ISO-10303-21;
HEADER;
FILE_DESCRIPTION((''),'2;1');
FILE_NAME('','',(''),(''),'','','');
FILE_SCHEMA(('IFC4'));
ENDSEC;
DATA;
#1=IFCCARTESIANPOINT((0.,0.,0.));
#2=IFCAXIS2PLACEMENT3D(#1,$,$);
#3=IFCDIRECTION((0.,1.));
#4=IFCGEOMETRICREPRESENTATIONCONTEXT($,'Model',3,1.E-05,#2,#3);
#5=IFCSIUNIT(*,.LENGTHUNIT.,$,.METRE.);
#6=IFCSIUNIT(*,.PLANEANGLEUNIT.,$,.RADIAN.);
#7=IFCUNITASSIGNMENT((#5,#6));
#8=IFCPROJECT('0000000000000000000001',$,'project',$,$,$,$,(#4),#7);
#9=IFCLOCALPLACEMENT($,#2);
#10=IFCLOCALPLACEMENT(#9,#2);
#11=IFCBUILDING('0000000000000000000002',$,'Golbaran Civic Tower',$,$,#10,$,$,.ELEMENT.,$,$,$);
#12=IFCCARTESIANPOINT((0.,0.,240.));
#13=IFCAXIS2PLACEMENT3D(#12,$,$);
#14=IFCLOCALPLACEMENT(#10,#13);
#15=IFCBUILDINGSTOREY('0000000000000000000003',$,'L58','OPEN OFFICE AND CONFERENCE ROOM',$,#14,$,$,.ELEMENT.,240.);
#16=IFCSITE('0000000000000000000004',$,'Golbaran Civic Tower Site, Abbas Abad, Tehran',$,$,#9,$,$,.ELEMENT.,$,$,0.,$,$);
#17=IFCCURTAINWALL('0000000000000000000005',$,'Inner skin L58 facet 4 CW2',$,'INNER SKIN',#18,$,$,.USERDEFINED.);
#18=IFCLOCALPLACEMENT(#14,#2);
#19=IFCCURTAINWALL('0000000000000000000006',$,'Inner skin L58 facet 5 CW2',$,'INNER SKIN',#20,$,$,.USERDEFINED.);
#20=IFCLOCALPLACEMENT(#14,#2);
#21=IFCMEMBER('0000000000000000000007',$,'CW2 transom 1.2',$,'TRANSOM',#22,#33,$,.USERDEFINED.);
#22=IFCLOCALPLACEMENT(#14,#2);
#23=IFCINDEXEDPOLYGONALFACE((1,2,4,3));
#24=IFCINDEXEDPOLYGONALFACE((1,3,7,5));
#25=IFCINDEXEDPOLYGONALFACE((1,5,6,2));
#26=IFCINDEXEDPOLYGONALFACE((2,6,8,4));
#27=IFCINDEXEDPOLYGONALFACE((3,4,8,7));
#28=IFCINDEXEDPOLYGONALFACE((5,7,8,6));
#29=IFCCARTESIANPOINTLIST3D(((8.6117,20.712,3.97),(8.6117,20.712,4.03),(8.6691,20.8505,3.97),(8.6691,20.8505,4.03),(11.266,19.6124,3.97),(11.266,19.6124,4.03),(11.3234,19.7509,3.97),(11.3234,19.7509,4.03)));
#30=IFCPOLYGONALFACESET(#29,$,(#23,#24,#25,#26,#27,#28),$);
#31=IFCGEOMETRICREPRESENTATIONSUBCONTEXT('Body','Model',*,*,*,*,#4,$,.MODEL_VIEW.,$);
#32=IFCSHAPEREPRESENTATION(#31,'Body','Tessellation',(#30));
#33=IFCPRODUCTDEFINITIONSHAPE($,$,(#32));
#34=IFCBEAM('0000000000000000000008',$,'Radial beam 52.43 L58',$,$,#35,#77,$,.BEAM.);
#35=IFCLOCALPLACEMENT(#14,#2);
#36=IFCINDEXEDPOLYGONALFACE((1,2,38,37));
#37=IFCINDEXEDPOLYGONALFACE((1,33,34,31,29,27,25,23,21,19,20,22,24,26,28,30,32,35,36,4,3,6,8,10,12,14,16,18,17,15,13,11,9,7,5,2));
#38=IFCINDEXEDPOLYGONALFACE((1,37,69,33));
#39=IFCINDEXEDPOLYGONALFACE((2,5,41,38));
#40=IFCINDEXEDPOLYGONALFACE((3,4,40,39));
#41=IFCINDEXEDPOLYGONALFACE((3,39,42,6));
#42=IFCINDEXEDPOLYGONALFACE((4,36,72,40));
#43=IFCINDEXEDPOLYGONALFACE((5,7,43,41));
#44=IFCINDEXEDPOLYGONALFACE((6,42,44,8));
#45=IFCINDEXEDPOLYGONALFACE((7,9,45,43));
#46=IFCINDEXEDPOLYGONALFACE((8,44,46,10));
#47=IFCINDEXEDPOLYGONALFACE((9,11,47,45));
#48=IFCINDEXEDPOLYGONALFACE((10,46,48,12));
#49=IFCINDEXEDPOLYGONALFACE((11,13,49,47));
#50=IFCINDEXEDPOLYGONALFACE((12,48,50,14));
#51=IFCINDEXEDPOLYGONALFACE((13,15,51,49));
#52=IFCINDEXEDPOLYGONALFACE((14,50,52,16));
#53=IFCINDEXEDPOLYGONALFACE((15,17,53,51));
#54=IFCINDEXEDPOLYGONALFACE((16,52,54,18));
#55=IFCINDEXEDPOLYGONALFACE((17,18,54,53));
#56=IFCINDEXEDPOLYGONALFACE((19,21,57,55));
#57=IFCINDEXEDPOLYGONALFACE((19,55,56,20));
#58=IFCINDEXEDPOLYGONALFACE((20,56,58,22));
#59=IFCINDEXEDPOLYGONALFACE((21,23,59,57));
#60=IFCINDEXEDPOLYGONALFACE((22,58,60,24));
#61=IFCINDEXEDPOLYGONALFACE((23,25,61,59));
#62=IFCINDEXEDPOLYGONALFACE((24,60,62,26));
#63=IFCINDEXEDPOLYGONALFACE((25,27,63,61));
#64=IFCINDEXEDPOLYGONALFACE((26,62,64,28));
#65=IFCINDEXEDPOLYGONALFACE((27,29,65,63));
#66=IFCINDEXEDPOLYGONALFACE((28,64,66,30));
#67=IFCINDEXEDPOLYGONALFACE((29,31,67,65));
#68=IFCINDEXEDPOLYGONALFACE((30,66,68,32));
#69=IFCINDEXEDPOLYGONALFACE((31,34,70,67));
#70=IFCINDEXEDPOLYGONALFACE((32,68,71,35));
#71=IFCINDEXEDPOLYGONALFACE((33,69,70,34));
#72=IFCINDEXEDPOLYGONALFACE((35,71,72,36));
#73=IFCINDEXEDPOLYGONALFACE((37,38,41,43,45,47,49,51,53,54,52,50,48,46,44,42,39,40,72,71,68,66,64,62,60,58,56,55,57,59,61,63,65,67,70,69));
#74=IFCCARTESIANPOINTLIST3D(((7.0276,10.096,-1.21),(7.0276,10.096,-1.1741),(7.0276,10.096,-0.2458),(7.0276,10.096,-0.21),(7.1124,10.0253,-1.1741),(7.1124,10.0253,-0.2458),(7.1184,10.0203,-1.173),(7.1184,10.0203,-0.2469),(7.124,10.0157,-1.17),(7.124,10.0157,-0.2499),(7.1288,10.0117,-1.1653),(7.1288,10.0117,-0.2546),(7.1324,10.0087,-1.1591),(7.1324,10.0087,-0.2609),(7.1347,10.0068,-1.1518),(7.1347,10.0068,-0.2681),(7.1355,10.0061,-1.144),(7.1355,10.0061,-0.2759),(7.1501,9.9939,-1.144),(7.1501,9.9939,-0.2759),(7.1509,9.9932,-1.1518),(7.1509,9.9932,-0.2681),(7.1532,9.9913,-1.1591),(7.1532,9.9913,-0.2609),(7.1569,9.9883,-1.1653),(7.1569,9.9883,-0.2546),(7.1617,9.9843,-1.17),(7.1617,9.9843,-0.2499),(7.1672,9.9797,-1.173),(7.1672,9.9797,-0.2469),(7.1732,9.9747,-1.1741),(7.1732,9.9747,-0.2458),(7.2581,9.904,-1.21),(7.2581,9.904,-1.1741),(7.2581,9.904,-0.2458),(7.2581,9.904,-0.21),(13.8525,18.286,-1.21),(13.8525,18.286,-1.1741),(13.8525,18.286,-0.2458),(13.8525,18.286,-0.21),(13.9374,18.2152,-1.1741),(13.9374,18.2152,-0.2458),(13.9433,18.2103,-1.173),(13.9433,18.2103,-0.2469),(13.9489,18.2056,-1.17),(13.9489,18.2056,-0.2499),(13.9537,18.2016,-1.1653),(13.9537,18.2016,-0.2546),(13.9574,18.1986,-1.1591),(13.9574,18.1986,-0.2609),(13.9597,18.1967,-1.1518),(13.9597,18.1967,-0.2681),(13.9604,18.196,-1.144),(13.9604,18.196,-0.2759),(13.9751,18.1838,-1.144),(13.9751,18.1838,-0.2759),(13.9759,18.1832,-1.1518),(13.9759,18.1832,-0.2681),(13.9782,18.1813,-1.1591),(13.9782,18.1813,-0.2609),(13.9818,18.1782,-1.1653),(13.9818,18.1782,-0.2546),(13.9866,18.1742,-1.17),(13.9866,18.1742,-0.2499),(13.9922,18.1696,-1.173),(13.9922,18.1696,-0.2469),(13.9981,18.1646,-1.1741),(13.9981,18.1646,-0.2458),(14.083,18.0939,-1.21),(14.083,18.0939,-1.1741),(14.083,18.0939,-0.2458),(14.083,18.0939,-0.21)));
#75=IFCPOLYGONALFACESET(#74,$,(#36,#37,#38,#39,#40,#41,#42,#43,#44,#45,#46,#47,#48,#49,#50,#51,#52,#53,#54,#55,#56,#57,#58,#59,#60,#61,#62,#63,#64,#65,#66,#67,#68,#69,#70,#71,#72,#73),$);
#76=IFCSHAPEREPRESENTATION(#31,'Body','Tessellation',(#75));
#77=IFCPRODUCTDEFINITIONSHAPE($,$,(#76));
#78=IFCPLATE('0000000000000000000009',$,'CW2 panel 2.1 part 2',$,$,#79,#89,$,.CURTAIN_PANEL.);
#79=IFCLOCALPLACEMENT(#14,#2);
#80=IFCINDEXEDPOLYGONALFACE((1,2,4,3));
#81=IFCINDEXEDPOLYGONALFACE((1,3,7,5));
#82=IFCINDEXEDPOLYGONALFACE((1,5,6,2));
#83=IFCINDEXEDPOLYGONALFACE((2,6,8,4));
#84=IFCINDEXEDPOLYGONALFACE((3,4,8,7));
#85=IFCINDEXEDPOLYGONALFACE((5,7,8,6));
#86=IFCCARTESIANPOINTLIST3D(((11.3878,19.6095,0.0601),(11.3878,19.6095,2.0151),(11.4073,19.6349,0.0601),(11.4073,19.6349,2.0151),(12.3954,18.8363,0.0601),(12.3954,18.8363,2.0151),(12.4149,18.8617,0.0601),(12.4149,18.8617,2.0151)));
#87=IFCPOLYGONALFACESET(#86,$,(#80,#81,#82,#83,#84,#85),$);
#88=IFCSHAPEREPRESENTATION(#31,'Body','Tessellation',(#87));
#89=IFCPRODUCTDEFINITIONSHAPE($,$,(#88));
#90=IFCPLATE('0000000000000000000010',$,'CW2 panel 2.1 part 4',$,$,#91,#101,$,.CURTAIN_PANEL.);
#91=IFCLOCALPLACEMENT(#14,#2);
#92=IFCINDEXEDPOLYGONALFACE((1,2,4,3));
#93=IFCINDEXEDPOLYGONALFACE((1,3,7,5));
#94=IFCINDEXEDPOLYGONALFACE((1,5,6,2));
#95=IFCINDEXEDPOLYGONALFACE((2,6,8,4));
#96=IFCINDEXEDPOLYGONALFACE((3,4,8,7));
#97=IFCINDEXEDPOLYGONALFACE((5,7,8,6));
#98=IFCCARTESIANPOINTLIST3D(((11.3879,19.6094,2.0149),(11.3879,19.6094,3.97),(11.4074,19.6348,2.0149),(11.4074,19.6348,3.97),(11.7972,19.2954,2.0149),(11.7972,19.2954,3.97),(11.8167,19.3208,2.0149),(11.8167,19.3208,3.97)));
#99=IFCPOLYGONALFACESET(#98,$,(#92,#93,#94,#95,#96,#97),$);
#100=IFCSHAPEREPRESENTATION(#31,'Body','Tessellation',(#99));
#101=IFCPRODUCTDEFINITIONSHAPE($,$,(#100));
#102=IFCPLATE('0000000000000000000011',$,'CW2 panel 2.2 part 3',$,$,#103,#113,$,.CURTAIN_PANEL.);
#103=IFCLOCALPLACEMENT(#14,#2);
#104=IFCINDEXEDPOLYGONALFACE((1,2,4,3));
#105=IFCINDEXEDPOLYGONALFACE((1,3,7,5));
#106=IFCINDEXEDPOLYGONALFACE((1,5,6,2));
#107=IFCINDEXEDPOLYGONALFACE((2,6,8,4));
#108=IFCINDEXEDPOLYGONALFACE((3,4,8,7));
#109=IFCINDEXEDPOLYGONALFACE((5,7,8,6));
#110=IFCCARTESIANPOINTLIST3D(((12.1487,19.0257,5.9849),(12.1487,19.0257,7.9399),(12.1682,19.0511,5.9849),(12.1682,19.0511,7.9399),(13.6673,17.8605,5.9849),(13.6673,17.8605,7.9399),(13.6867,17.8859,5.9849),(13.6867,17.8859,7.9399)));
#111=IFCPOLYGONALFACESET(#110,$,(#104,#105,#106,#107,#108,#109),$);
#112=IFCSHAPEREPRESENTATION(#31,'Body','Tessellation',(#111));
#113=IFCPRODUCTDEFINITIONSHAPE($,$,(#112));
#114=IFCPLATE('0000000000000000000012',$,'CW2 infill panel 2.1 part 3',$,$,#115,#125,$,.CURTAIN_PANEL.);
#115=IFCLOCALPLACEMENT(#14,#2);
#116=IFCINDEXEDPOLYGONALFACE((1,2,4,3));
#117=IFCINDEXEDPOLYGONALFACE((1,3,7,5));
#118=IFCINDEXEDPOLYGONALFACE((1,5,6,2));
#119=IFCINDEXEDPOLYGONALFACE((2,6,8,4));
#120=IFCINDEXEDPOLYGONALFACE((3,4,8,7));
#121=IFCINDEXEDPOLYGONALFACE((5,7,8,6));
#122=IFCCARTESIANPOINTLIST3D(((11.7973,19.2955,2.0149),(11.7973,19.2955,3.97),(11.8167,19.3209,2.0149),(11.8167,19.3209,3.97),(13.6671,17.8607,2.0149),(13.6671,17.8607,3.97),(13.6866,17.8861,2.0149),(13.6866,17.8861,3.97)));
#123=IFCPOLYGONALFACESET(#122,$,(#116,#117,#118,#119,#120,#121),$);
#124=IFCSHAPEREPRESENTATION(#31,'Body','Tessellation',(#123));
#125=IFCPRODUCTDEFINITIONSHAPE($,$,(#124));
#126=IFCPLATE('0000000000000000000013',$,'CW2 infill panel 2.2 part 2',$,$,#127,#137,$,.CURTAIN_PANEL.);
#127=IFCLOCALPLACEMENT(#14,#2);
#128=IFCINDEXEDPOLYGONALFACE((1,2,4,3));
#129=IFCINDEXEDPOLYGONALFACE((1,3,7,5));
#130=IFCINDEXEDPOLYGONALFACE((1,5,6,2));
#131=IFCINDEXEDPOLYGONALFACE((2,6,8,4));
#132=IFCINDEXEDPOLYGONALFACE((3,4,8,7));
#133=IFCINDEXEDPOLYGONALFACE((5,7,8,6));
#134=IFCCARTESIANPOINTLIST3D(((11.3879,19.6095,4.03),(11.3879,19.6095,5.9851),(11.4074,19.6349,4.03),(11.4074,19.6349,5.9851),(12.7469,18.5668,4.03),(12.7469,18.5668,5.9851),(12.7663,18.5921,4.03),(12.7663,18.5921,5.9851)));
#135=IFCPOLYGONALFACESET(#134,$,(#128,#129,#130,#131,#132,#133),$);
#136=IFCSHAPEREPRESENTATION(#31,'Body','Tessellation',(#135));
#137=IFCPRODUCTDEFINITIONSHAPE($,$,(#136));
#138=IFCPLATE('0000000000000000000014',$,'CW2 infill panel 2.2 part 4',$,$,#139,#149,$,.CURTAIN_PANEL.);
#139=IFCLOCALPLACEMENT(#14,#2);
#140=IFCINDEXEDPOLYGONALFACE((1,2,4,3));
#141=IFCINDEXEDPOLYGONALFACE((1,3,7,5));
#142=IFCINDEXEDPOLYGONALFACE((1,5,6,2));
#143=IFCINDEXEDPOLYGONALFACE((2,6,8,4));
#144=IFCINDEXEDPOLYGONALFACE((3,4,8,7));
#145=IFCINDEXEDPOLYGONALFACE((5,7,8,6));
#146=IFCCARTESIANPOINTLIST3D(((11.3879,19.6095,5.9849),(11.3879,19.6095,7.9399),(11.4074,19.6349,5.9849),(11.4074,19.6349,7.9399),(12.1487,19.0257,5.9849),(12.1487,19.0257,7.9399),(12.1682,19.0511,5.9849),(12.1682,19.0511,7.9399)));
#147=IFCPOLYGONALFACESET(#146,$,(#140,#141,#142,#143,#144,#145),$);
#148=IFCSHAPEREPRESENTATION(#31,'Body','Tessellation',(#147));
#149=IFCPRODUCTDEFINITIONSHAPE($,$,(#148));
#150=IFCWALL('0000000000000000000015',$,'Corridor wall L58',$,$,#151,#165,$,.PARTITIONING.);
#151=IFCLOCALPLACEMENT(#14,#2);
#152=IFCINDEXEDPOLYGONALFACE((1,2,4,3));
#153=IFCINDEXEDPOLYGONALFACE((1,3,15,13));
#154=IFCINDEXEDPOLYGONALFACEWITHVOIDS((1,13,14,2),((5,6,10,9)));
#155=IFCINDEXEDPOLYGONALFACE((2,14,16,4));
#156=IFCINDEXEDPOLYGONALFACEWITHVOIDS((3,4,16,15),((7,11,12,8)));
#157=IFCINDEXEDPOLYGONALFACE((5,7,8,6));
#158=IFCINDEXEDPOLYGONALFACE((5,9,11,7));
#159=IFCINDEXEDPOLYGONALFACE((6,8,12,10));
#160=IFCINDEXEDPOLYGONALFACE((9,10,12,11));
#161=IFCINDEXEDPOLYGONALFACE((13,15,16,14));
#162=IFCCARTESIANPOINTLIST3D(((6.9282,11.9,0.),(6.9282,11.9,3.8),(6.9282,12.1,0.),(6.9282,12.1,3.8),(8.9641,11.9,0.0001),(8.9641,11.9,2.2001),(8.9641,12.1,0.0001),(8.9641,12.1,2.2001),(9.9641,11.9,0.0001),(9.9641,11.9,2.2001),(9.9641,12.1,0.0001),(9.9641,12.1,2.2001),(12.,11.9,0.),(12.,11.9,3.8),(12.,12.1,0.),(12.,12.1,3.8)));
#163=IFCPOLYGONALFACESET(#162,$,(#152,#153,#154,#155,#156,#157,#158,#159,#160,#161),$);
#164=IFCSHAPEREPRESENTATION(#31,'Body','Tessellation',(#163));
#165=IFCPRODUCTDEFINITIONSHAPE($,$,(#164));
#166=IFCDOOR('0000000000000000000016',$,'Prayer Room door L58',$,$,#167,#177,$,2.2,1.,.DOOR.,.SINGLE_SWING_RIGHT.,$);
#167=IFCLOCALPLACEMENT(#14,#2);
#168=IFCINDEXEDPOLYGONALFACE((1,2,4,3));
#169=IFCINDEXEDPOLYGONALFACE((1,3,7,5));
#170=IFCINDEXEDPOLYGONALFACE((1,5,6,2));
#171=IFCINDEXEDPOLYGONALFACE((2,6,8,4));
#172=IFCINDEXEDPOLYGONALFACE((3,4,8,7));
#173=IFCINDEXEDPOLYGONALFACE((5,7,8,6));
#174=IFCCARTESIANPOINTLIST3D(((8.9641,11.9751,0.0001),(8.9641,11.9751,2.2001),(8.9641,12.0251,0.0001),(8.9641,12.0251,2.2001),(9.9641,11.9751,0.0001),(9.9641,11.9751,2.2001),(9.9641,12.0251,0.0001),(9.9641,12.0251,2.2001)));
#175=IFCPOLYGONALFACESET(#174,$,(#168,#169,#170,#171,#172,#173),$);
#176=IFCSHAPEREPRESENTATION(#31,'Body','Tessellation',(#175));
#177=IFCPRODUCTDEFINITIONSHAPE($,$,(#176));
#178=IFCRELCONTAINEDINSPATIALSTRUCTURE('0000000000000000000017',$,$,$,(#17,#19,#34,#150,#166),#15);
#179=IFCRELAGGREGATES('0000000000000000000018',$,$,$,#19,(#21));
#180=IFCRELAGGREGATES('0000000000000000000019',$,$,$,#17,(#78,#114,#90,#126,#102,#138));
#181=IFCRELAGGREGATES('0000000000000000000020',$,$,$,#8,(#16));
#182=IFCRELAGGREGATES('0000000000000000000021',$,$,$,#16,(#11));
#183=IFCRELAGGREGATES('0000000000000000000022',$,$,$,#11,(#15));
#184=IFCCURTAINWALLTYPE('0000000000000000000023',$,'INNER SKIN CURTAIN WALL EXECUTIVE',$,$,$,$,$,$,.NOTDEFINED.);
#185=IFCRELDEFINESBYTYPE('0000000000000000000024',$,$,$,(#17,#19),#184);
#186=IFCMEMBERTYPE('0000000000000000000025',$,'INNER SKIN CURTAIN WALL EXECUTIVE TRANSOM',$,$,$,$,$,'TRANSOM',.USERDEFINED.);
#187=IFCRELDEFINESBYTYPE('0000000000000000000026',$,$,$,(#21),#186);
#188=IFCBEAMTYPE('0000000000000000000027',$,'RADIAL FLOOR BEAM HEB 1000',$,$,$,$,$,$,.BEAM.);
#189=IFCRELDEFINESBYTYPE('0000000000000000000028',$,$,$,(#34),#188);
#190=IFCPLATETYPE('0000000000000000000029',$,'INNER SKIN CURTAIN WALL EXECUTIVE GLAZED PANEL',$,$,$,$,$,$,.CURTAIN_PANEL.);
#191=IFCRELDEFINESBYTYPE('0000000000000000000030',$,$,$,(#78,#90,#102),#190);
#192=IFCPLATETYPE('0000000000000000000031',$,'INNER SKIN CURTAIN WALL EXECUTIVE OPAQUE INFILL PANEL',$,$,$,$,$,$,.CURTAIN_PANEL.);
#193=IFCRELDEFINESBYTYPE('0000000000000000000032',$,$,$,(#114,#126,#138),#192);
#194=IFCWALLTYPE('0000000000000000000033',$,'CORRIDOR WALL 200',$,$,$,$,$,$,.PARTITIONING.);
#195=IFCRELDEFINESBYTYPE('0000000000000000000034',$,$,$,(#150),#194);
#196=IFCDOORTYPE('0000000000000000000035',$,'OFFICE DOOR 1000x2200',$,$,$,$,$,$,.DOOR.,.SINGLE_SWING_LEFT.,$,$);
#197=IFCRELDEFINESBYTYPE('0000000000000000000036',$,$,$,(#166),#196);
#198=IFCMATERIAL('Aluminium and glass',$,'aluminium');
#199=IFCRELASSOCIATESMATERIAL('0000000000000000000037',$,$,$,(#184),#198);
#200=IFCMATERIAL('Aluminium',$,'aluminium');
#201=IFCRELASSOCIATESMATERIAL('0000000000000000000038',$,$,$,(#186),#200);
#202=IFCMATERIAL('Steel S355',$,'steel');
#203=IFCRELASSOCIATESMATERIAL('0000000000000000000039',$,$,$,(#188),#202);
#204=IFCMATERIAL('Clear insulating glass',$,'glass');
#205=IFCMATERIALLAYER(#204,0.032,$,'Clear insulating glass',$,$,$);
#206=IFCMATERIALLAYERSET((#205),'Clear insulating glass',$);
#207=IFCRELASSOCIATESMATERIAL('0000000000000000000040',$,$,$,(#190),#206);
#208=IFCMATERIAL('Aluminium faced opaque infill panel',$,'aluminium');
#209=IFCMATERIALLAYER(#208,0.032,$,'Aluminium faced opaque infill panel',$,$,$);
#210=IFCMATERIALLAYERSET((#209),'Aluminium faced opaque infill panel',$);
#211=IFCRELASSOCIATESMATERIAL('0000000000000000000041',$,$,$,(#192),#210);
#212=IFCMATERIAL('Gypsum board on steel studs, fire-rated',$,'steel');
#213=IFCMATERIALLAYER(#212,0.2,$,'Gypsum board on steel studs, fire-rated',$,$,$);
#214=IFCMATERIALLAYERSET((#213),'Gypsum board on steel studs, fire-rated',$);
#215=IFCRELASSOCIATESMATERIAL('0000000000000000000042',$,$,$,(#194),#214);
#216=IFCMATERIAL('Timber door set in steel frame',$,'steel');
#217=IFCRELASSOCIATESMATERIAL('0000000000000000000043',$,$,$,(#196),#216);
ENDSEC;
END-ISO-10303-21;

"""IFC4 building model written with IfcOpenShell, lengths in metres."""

from ifc_helpers import new_model, si_unit, direction, frame, frame_2d, origin, origin_2d, place, context, subcontext, project, spatial, rectangle, i_section, extrude, material, layer, layer_set, material_profile, profile_set, type_object, element, fill, aggregate, save


model = new_model("IFC4")

# Units and contexts
model_context = context("Model", 3, precision=1e-05, world=origin(), true_north=direction((0.0, 1.0)))
body_context = subcontext(model_context, "Body", "Model", "MODEL_VIEW")
ifc_project = project(units=[si_unit("LENGTHUNIT", "METRE"), si_unit("PLANEANGLEUNIT", "RADIAN")], contexts=[model_context])

# Site, building, storey
site_placement = place(None, origin())
site = spatial("IfcSite", under=ifc_project, at=site_placement, Name="Golbaran Civic Tower Site, Abbas Abad, Tehran", CompositionType="ELEMENT", RefElevation=0.0)
building_placement = place(site_placement, origin())
building = spatial("IfcBuilding", under=site, at=building_placement, Name="Golbaran Civic Tower", CompositionType="ELEMENT")
storey_placement = place(building_placement, frame((0.0, 0.0, 240.0)))
storey = spatial("IfcBuildingStorey", under=building, at=storey_placement, Name="L58", Description="OPEN OFFICE AND CONFERENCE ROOM", CompositionType="ELEMENT", Elevation=240.0)

# Shared definitions
ifc_material_1 = material(Name="Steel S355", Category="steel")

# Curtain wall
ifc_material_2 = material(Name="Aluminium and glass", Category="aluminium")
curtain_wall_type = type_object("IfcCurtainWallType", Name="INNER SKIN CURTAIN WALL EXECUTIVE", PredefinedType="NOTDEFINED", material=ifc_material_2)
curtain_wall_1_placement = place(storey_placement, origin())
curtain_wall_1 = element("IfcCurtainWall", 1, at=curtain_wall_1_placement, inside=storey, type_object=curtain_wall_type, Name="Inner skin L58 facet 4 CW2", ObjectType="INNER SKIN", PredefinedType="USERDEFINED")
ifc_material_3 = material(Name="Aluminium", Category="aluminium")

# Curtain wall, member
curtain_wall_2_placement = place(storey_placement, origin())
curtain_wall_2 = element("IfcCurtainWall", 2, at=curtain_wall_2_placement, inside=storey, type_object=curtain_wall_type, Name="Inner skin L58 facet 5 CW2", ObjectType="INNER SKIN", PredefinedType="USERDEFINED")
ifc_material_profile_1 = material_profile(ifc_material_3, rectangle(XDim=0.1499, YDim=0.0601, at=origin_2d()), Name="INNER SKIN CURTAIN WALL EXECUTIVE TRANSOM")
ifc_profile_set_1 = profile_set([ifc_material_profile_1], Name="Aluminium")
member_type_1 = type_object("IfcMemberType", Name="INNER SKIN CURTAIN WALL EXECUTIVE TRANSOM", ElementType="TRANSOM", PredefinedType="USERDEFINED", material=ifc_profile_set_1)
member_1_placement = place(storey_placement, frame((11.2947, 19.6816, 4.0), z_axis=(-0.923859, 0.382732, 0.0), x_axis=(-0.382732, -0.923859, 0.0)))
member_1 = element("IfcMember", 3, at=member_1_placement, type_object=member_type_1, Name="CW2 transom 1.2", ObjectType="TRANSOM", PredefinedType="USERDEFINED", context=body_context, shape_type="SweptSolid", body=[
    extrude(rectangle(XDim=0.1499, YDim=0.0601, at=origin_2d()), origin(), (0.0, 0.0, 1.0), 2.873),
])
aggregate(curtain_wall_2, [member_1])

# Beam
ifc_material_profile_2 = material_profile(ifc_material_1, i_section(OverallWidth=0.3, OverallDepth=1.0, WebThickness=0.019, FlangeThickness=0.0359, FilletRadius=0.03, at=origin_2d()), Name="HEB 1000")
ifc_profile_set_2 = profile_set([ifc_material_profile_2], Name="Steel S355")
beam_type_1 = type_object("IfcBeamType", Name="RADIAL FLOOR BEAM HEB 1000", PredefinedType="BEAM", material=ifc_profile_set_2)
beam_1_placement = place(storey_placement, frame((7.1428, 10.0, -0.71), z_axis=(0.640184, 0.768221, 0.0), x_axis=(-0.768221, 0.640184, 0.0)))
element("IfcBeam", 4, at=beam_1_placement, inside=storey, type_object=beam_type_1, Name="Radial beam 52.43 L58", PredefinedType="BEAM", context=body_context, shape_type="SweptSolid", body=[
    extrude(i_section(OverallWidth=0.3, OverallDepth=1.0, WebThickness=0.019, FlangeThickness=0.0359, FilletRadius=0.03, at=origin_2d()), origin(), (0.0, 0.0, 1.0), 10.6609),
])

# Plates
ifc_material_4 = material(Name="Clear insulating glass", Category="glass")
ifc_layer_1 = layer(ifc_material_4, 0.032, Name="Clear insulating glass")
ifc_layer_set_1 = layer_set([ifc_layer_1], Name="Clear insulating glass")
plate_type_1 = type_object("IfcPlateType", Name="INNER SKIN CURTAIN WALL EXECUTIVE GLAZED PANEL", PredefinedType="CURTAIN_PANEL", material=ifc_layer_set_1)
plate_1_placement = place(storey_placement, frame((11.9014, 19.2356, 0.0601), z_axis=(0.0, 0.0, 1.0), x_axis=(-0.793353, 0.608761, 0.0)))
plate_1 = element("IfcPlate", 5, at=plate_1_placement, type_object=plate_type_1, Name="CW2 panel 2.1 part 2", PredefinedType="CURTAIN_PANEL", context=body_context, shape_type="SweptSolid", body=[
    extrude(rectangle(XDim=1.27, YDim=0.032, at=origin_2d()), origin(), (0.0, 0.0, 1.0), 1.9551),
])
plate_2_placement = place(storey_placement, frame((11.6023, 19.4651, 2.0149), z_axis=(0.0, 0.0, 1.0), x_axis=(-0.793353, 0.608761, 0.0)))
plate_2 = element("IfcPlate", 6, at=plate_2_placement, type_object=plate_type_1, Name="CW2 panel 2.1 part 4", PredefinedType="CURTAIN_PANEL", context=body_context, shape_type="SweptSolid", body=[
    extrude(rectangle(XDim=0.5159, YDim=0.032, at=origin_2d()), origin(), (0.0, 0.0, 1.0), 1.9551),
])
plate_3_placement = place(storey_placement, frame((12.9177, 18.4558, 5.9849), z_axis=(0.0, 0.0, 1.0), x_axis=(-0.793353, 0.608761, 0.0)))
plate_3 = element("IfcPlate", 7, at=plate_3_placement, type_object=plate_type_1, Name="CW2 panel 2.2 part 3", PredefinedType="CURTAIN_PANEL", context=body_context, shape_type="SweptSolid", body=[
    extrude(rectangle(XDim=1.9141, YDim=0.032, at=origin_2d()), origin(), (0.0, 0.0, 1.0), 1.9551),
])
ifc_material_5 = material(Name="Aluminium faced opaque infill panel", Category="aluminium")
ifc_layer_2 = layer(ifc_material_5, 0.032, Name="Aluminium faced opaque infill panel")
ifc_layer_set_2 = layer_set([ifc_layer_2], Name="Aluminium faced opaque infill panel")
plate_type_2 = type_object("IfcPlateType", Name="INNER SKIN CURTAIN WALL EXECUTIVE OPAQUE INFILL PANEL", PredefinedType="CURTAIN_PANEL", material=ifc_layer_set_2)
plate_4_placement = place(storey_placement, frame((12.7419, 18.5908, 2.0149), z_axis=(0.0, 0.0, 1.0), x_axis=(-0.793353, 0.608761, 0.0)))
plate_4 = element("IfcPlate", 8, at=plate_4_placement, type_object=plate_type_2, Name="CW2 infill panel 2.1 part 3", PredefinedType="CURTAIN_PANEL", context=body_context, shape_type="SweptSolid", body=[
    extrude(rectangle(XDim=2.3569, YDim=0.032, at=origin_2d()), origin(), (0.0, 0.0, 1.0), 1.9551),
])
plate_5_placement = place(storey_placement, frame((12.0771, 19.1008, 4.03), z_axis=(0.0, 0.0, 1.0), x_axis=(-0.793353, 0.608761, 0.0)))
plate_5 = element("IfcPlate", 9, at=plate_5_placement, type_object=plate_type_2, Name="CW2 infill panel 2.2 part 2", PredefinedType="CURTAIN_PANEL", context=body_context, shape_type="SweptSolid", body=[
    extrude(rectangle(XDim=1.7129, YDim=0.032, at=origin_2d()), origin(), (0.0, 0.0, 1.0), 1.9551),
])
plate_6_placement = place(storey_placement, frame((11.7781, 19.3303, 5.9849), z_axis=(0.0, 0.0, 1.0), x_axis=(-0.793353, 0.608761, 0.0)))
plate_6 = element("IfcPlate", 10, at=plate_6_placement, type_object=plate_type_2, Name="CW2 infill panel 2.2 part 4", PredefinedType="CURTAIN_PANEL", context=body_context, shape_type="SweptSolid", body=[
    extrude(rectangle(XDim=0.959, YDim=0.032, at=origin_2d()), origin(), (0.0, 0.0, 1.0), 1.9551),
])
aggregate(curtain_wall_1, [plate_1, plate_4, plate_2, plate_5, plate_3, plate_6])

# Wall, opening, door
ifc_material_6 = material(Name="Gypsum board on steel studs, fire-rated", Category="steel")
ifc_layer_3 = layer(ifc_material_6, 0.2, Name="Gypsum board on steel studs, fire-rated")
ifc_layer_set_3 = layer_set([ifc_layer_3], Name="Gypsum board on steel studs, fire-rated")
wall_type_1 = type_object("IfcWallType", Name="CORRIDOR WALL 200", PredefinedType="PARTITIONING", material=ifc_layer_set_3)
wall_1_placement = place(storey_placement, frame((12.0, 12.0, 0.0), z_axis=(0.0, 0.0, 1.0), x_axis=(-1.0, 0.0, 0.0)))
wall_1 = element("IfcWall", 11, at=wall_1_placement, inside=storey, type_object=wall_type_1, Name="Corridor wall L58", PredefinedType="PARTITIONING", context=body_context, shape_type="SweptSolid", body=[
    extrude(rectangle(XDim=5.0718, YDim=0.2, at=frame_2d((2.5359, 0.0))), origin(), (0.0, 0.0, 1.0), 3.8),
])
opening_1_placement = place(wall_1_placement, frame((2.0359, 0.0, 0.0)))
opening_1 = element("IfcOpeningElement", 12, at=opening_1_placement, cuts=wall_1, PredefinedType="OPENING", context=body_context, shape_type="SweptSolid", body=[
    extrude(rectangle(XDim=1.0, YDim=2.2, at=frame_2d((0.5, 1.1001))), frame((0.0, 0.1099, 0.0), z_axis=(0.0, -1.0, 0.0), x_axis=(1.0, 0.0, 0.0)), (0.0, 0.0, 1.0), 0.22),
])
ifc_material_7 = material(Name="Timber door set in steel frame", Category="steel")
door_type_1 = type_object("IfcDoorType", Name="OFFICE DOOR 1000x2200", OperationType="SINGLE_SWING_LEFT", PredefinedType="DOOR", material=ifc_material_7)
door_1_placement = place(opening_1_placement, origin())
door_1 = element("IfcDoor", 13, at=door_1_placement, inside=storey, type_object=door_type_1, Name="Prayer Room door L58", OperationType="SINGLE_SWING_RIGHT", OverallHeight=2.2, OverallWidth=1.0, PredefinedType="DOOR", context=body_context, shape_type="SweptSolid", body=[
    extrude(rectangle(XDim=1.0, YDim=2.2, at=frame_2d((0.5, 1.1001))), frame((0.0, 0.0249, 0.0), z_axis=(0.0, -1.0, 0.0), x_axis=(1.0, 0.0, 0.0)), (0.0, 0.0, 1.0), 0.05),
])
fill(opening_1, door_1)

save(model, "model.ifc")
